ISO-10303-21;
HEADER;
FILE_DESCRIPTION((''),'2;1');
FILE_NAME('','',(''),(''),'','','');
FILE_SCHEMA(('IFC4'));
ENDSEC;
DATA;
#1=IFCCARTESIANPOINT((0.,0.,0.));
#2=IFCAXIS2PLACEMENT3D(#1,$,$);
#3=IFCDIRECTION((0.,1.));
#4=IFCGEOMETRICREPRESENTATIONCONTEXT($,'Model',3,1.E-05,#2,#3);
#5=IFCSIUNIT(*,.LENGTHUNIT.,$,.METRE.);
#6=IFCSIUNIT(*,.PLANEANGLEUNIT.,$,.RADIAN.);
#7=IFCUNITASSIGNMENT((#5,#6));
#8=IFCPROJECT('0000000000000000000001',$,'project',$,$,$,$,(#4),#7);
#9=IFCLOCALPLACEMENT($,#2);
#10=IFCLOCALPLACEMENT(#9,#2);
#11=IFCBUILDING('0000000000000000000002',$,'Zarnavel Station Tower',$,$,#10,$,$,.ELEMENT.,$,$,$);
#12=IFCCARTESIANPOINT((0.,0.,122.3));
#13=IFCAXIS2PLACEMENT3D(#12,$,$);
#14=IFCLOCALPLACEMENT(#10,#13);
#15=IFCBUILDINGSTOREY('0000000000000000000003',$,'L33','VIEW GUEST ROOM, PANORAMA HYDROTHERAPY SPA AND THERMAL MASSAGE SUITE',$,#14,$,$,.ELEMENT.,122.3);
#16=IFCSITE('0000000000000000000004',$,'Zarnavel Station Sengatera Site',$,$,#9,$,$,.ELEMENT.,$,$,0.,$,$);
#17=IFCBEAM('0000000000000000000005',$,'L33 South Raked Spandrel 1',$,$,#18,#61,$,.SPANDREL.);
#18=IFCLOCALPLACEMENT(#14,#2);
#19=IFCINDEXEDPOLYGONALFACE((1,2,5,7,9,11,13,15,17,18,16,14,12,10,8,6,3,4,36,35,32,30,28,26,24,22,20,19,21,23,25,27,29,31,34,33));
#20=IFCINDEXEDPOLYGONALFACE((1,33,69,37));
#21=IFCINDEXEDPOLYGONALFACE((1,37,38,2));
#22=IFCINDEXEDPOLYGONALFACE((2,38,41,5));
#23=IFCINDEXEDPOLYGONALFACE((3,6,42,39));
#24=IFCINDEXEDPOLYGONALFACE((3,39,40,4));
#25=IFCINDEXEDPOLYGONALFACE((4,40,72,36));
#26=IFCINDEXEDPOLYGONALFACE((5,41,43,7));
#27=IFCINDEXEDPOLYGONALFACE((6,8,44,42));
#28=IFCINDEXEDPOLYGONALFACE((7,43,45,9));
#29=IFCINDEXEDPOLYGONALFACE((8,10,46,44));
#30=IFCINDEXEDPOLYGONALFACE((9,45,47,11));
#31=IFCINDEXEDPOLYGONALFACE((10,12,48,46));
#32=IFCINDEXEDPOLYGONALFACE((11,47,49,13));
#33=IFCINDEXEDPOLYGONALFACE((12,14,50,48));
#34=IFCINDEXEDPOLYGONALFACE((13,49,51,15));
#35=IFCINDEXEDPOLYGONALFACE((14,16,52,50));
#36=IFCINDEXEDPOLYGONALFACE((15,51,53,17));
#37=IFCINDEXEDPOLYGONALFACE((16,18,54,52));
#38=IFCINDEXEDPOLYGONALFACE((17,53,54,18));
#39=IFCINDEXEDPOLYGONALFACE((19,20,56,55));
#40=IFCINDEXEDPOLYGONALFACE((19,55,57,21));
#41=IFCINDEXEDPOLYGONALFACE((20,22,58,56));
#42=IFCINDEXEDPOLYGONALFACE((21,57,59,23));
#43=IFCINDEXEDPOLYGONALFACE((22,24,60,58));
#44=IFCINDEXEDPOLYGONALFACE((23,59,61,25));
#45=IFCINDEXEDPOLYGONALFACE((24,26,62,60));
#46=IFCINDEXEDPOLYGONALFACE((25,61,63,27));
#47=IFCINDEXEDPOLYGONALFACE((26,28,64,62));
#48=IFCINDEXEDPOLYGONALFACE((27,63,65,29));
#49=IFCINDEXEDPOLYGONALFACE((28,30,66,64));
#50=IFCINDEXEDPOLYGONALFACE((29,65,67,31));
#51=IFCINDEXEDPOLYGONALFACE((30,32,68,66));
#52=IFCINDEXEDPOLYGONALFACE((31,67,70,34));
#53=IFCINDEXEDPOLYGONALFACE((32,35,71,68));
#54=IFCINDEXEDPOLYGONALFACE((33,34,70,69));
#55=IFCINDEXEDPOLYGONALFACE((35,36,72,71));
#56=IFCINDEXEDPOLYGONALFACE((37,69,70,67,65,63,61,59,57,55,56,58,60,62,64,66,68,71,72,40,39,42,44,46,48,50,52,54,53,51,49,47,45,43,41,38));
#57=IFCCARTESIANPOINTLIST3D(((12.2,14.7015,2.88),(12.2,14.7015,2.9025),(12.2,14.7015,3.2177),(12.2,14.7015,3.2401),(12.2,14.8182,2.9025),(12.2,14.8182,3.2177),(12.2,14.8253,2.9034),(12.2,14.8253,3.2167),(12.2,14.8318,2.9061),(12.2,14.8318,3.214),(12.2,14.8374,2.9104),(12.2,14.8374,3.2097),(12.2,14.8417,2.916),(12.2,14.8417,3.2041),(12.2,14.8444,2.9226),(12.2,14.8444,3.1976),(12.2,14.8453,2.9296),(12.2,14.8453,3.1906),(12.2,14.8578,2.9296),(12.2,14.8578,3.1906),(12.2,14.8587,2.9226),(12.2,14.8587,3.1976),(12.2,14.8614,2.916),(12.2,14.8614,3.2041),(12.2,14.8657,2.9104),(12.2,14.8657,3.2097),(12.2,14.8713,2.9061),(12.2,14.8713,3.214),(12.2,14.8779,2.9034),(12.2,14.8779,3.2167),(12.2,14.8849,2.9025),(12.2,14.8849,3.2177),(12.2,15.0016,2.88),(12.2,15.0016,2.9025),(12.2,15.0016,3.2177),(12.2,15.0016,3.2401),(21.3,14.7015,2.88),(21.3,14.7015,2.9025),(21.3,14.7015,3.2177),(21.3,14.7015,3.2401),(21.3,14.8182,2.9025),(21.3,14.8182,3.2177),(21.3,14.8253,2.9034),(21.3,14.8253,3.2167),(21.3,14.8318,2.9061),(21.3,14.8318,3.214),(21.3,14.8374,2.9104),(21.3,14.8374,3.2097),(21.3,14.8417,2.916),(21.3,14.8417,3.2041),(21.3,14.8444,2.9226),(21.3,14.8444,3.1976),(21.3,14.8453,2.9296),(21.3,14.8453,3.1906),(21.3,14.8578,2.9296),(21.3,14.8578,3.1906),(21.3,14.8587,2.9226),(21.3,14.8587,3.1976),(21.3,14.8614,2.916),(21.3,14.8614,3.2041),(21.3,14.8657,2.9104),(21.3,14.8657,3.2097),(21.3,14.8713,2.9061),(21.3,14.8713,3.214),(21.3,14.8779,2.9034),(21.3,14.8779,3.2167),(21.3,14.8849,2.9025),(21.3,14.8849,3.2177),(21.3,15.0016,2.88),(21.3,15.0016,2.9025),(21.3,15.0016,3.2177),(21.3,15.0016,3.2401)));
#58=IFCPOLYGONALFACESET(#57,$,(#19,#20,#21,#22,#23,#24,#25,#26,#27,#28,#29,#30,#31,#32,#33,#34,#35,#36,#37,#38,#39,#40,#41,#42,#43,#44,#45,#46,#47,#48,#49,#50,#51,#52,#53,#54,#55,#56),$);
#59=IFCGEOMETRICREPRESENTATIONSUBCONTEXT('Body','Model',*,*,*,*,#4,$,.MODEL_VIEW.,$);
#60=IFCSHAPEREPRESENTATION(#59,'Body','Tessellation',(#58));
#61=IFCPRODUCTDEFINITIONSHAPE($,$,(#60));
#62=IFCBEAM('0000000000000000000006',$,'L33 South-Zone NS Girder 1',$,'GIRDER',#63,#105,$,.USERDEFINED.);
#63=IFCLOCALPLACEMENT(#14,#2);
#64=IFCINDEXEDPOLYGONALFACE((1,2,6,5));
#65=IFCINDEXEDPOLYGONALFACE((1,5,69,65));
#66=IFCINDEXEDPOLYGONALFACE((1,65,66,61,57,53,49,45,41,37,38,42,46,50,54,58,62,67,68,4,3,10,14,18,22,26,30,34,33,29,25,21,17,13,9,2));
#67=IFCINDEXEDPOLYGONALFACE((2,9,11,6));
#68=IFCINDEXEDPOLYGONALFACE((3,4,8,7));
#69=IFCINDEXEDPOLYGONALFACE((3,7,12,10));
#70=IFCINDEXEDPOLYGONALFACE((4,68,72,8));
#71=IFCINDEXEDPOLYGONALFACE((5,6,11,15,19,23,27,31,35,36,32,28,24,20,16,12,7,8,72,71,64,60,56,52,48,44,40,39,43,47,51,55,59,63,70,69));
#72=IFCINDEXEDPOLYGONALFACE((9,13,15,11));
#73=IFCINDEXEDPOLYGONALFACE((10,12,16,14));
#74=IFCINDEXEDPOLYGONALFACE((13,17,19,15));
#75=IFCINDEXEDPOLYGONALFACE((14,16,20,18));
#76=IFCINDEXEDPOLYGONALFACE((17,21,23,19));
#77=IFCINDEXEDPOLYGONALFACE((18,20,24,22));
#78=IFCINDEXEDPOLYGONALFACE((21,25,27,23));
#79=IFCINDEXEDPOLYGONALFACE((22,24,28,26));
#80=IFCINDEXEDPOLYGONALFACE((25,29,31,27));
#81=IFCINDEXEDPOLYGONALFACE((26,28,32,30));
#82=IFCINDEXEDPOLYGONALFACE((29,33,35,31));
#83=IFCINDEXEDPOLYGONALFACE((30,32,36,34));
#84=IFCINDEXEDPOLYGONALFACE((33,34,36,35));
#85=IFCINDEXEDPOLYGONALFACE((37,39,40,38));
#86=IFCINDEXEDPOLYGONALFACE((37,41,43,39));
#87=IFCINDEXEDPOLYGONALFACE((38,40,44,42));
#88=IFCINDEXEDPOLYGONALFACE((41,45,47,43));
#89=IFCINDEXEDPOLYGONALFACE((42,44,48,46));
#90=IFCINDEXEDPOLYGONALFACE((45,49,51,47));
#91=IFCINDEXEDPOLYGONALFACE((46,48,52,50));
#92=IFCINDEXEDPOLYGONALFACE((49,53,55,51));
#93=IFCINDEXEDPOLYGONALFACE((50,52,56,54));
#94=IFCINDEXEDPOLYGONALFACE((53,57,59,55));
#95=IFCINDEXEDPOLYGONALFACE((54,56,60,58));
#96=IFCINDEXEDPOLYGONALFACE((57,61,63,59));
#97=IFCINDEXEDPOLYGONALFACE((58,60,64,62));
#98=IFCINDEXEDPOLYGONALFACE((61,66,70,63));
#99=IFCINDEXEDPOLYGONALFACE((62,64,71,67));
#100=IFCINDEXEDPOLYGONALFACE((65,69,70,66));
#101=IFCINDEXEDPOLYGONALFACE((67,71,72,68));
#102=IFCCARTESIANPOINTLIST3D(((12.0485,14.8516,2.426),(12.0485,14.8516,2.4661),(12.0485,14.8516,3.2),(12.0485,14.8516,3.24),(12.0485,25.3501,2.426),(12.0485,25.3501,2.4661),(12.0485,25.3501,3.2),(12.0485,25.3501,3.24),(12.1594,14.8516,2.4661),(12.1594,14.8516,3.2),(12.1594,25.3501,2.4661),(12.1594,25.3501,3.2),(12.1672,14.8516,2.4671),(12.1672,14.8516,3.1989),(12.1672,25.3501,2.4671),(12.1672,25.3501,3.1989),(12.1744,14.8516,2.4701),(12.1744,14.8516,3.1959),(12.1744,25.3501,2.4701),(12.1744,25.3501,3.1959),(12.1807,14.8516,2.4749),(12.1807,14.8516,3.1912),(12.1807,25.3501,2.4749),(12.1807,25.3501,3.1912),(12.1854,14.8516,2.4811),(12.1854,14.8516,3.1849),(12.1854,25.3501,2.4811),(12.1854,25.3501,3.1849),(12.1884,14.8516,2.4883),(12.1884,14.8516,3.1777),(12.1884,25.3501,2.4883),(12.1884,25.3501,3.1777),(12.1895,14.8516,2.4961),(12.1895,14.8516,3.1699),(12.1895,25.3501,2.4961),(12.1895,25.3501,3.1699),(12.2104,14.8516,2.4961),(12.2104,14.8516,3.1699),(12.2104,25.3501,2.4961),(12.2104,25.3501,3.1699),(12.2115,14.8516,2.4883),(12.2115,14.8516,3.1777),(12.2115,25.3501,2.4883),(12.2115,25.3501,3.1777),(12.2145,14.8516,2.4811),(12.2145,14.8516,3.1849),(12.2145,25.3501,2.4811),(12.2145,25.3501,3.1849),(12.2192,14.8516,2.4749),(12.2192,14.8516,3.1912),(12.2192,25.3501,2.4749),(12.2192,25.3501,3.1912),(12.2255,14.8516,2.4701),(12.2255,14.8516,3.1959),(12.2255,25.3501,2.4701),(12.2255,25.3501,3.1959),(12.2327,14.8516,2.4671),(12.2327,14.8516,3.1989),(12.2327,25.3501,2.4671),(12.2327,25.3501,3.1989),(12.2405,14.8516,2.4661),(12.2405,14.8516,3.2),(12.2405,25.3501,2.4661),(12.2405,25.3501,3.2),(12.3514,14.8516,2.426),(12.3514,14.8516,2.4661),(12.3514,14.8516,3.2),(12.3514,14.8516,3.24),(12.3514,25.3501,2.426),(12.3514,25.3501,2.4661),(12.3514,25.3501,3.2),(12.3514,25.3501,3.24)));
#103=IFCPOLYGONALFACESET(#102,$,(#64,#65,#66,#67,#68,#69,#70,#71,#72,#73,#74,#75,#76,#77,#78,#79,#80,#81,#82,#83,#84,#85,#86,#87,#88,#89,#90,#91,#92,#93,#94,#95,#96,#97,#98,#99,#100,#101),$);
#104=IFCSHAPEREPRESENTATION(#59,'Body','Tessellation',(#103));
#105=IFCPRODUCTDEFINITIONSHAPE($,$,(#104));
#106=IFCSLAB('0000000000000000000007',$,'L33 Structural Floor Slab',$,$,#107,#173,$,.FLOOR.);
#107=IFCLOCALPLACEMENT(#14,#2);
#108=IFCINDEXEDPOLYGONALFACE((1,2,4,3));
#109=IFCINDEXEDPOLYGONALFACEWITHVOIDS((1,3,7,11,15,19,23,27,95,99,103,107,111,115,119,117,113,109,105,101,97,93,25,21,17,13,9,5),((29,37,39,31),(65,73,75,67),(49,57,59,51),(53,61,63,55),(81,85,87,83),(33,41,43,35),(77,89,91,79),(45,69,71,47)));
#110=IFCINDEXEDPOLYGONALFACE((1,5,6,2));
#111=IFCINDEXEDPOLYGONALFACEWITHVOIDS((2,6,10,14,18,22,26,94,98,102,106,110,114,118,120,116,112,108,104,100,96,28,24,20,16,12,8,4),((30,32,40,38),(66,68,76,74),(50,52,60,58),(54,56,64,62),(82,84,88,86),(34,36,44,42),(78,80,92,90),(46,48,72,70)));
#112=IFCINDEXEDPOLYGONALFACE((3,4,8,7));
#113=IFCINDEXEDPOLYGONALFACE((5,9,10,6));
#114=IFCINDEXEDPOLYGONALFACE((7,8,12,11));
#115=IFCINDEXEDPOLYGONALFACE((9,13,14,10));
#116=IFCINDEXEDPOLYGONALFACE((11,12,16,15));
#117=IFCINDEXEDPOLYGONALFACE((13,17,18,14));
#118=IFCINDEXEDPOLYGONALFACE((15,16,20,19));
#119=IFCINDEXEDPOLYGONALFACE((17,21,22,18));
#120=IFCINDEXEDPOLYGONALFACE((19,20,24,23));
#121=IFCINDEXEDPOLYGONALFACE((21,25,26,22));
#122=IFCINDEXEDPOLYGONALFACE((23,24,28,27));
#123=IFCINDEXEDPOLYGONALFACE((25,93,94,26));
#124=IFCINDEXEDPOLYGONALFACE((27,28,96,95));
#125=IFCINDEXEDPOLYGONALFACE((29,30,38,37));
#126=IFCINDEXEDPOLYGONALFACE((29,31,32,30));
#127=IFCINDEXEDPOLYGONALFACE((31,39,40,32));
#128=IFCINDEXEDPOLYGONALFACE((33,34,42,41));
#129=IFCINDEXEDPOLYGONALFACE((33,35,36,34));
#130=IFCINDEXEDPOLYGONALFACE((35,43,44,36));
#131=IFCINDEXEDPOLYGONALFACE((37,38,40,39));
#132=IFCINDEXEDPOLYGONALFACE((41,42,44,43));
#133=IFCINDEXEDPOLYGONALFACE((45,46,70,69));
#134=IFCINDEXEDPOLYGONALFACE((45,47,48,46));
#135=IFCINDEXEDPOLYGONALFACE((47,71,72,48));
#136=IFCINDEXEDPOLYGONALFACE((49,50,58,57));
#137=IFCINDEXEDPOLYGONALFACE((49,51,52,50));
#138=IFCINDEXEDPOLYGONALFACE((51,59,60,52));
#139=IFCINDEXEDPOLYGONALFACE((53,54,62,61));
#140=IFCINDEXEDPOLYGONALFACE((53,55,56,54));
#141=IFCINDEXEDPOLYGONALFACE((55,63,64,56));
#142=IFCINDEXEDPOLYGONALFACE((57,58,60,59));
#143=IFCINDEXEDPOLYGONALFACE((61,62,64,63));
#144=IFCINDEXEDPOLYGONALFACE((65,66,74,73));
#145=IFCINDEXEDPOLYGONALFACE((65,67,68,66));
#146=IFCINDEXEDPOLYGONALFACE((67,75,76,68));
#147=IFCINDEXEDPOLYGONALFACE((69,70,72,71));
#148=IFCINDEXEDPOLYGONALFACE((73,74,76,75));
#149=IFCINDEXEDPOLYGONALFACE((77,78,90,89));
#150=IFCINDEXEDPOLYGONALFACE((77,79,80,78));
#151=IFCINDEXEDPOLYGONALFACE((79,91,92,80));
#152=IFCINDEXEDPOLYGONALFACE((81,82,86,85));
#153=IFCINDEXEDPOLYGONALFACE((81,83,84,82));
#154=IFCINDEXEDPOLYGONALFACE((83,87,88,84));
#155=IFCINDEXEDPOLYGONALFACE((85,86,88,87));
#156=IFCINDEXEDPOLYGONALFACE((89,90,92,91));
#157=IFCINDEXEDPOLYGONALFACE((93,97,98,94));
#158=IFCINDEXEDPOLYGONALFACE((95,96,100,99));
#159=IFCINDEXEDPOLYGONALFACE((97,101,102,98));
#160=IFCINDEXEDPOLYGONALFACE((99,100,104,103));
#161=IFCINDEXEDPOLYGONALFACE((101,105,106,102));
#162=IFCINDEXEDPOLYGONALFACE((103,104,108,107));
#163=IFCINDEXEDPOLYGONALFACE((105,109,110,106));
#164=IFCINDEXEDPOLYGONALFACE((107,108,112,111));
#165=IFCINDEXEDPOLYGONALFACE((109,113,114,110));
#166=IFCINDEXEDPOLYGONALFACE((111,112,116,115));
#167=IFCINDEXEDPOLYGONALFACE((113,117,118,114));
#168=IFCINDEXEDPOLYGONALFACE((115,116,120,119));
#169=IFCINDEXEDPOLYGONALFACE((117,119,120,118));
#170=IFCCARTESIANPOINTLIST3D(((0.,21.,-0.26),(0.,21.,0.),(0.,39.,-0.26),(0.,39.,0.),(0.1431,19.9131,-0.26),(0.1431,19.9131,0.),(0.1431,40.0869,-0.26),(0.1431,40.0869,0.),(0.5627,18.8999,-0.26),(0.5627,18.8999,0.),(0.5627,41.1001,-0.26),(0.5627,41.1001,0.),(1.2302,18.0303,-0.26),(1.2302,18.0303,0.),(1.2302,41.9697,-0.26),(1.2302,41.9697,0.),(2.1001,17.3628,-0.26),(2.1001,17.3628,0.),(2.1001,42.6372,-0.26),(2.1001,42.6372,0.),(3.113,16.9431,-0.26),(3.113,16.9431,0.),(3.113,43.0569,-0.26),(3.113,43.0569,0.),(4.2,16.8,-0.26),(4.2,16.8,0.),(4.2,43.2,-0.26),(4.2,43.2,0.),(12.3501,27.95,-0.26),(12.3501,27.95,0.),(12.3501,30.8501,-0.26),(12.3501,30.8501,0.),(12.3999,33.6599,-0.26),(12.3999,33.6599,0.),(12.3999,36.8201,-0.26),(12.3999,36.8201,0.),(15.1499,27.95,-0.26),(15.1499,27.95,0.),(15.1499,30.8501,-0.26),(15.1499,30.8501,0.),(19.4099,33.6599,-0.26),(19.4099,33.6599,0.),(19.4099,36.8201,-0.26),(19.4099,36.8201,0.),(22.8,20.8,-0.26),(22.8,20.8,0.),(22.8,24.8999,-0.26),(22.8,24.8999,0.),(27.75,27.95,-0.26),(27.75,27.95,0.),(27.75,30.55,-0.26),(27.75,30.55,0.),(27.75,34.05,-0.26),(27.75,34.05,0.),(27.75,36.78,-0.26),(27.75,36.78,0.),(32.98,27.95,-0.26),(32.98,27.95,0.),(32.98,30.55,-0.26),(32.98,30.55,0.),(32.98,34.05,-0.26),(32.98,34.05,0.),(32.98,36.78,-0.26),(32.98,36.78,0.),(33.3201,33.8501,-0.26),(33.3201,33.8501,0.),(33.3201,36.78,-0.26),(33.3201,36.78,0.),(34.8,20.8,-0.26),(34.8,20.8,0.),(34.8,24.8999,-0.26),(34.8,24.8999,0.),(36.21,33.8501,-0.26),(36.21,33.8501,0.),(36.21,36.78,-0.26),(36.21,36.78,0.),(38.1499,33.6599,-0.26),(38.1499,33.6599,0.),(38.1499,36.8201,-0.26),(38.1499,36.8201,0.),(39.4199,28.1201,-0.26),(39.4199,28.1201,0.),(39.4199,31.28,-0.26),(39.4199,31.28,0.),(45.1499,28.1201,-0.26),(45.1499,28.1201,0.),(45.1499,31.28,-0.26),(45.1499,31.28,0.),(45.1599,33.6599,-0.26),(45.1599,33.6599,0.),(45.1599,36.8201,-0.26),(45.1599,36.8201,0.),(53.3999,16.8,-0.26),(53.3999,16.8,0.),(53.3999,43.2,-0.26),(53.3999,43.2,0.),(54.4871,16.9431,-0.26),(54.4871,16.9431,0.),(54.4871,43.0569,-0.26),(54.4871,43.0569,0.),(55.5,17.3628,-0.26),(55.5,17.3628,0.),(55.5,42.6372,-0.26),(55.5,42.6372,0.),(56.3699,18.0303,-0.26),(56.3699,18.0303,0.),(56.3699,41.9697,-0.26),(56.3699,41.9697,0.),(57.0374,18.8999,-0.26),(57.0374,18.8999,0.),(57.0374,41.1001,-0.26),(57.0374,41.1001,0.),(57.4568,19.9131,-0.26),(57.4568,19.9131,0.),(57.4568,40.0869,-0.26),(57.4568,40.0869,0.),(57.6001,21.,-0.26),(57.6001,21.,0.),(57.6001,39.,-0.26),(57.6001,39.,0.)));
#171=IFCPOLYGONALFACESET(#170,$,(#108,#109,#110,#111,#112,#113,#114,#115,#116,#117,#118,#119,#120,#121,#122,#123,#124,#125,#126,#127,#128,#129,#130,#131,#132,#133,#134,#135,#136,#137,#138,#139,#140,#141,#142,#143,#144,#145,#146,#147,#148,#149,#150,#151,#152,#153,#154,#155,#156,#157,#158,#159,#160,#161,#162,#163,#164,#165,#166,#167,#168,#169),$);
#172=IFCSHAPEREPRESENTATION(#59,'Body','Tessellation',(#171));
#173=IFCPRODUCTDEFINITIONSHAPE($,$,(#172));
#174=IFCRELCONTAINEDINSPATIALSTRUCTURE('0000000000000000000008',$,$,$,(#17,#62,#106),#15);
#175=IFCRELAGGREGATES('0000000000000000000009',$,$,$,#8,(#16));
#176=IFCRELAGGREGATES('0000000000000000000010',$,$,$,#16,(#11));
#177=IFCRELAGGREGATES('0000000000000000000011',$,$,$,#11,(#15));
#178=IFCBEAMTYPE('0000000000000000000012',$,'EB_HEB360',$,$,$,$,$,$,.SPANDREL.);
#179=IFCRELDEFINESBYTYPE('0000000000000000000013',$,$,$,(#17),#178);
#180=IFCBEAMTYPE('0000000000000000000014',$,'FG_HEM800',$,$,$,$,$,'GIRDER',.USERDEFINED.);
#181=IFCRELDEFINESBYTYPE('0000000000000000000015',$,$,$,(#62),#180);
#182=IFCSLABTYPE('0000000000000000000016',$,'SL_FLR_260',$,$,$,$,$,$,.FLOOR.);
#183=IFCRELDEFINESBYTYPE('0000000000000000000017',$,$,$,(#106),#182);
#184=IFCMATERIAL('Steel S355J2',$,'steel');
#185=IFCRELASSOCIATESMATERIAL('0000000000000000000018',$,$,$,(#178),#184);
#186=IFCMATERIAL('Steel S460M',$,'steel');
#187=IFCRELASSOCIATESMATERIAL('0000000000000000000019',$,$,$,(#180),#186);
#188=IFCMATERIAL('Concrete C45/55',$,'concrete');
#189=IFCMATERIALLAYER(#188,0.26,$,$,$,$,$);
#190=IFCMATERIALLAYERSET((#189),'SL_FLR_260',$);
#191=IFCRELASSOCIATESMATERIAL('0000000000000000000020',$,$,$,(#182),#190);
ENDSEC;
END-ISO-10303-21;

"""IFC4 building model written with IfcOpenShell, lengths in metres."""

from ifc_helpers import new_model, si_unit, direction, frame, origin, origin_2d, place, context, subcontext, project, spatial, polyline, i_section, outline, extrude, material, layer, layer_set, material_profile, profile_set, type_object, element, save


model = new_model("IFC4")

# Units and contexts
model_context = context("Model", 3, precision=1e-05, world=origin(), true_north=direction((0.0, 1.0)))
body_context = subcontext(model_context, "Body", "Model", "MODEL_VIEW")
ifc_project = project(units=[si_unit("LENGTHUNIT", "METRE"), si_unit("PLANEANGLEUNIT", "RADIAN")], contexts=[model_context])

# Site, building, storey
site_placement = place(None, origin())
site = spatial("IfcSite", under=ifc_project, at=site_placement, Name="Zarnavel Station Sengatera Site", CompositionType="ELEMENT", RefElevation=0.0)
building_placement = place(site_placement, origin())
building = spatial("IfcBuilding", under=site, at=building_placement, Name="Zarnavel Station Tower", CompositionType="ELEMENT")
storey_placement = place(building_placement, frame((0.0, 0.0, 122.3)))
storey = spatial("IfcBuildingStorey", under=building, at=storey_placement, Name="L33", Description="VIEW GUEST ROOM, PANORAMA HYDROTHERAPY SPA AND THERMAL MASSAGE SUITE", CompositionType="ELEMENT", Elevation=122.3)

# Beams
ifc_material_1 = material(Name="Steel S355J2", Category="steel")
ifc_material_profile_1 = material_profile(ifc_material_1, i_section(OverallWidth=0.3, OverallDepth=0.3601, WebThickness=0.0125, FlangeThickness=0.0225, FilletRadius=0.0271, at=origin_2d()), Name="HEB360")
ifc_profile_set_1 = profile_set([ifc_material_profile_1], Name="Steel S355J2")
beam_type_1 = type_object("IfcBeamType", Name="EB_HEB360", PredefinedType="SPANDREL", material=ifc_profile_set_1)
beam_1_placement = place(storey_placement, frame((12.2, 14.8516, 3.0601), z_axis=(1.0, 0.0, 0.0), x_axis=(0.0, 1.0, 0.0)))
element("IfcBeam", 1, at=beam_1_placement, inside=storey, type_object=beam_type_1, Name="L33 South Raked Spandrel 1", PredefinedType="SPANDREL", context=body_context, shape_type="SweptSolid", body=[
    extrude(i_section(OverallWidth=0.3, OverallDepth=0.3601, WebThickness=0.0125, FlangeThickness=0.0225, FilletRadius=0.0271, at=origin_2d()), origin(), (0.0, 0.0, 1.0), 9.1001),
])
ifc_material_2 = material(Name="Steel S460M", Category="steel")
ifc_material_profile_2 = material_profile(ifc_material_2, i_section(OverallWidth=0.303, OverallDepth=0.814, WebThickness=0.021, FlangeThickness=0.04, FilletRadius=0.03, at=origin_2d()), Name="HEM800")
ifc_profile_set_2 = profile_set([ifc_material_profile_2], Name="Steel S460M")
beam_type_2 = type_object("IfcBeamType", Name="FG_HEM800", ElementType="GIRDER", PredefinedType="USERDEFINED", material=ifc_profile_set_2)
beam_2_placement = place(storey_placement, frame((12.2, 14.8516, 2.833), z_axis=(0.0, 1.0, 0.0), x_axis=(-1.0, 0.0, 0.0)))
element("IfcBeam", 2, at=beam_2_placement, inside=storey, type_object=beam_type_2, Name="L33 South-Zone NS Girder 1", ObjectType="GIRDER", PredefinedType="USERDEFINED", context=body_context, shape_type="SweptSolid", body=[
    extrude(i_section(OverallWidth=0.303, OverallDepth=0.814, WebThickness=0.021, FlangeThickness=0.04, FilletRadius=0.03, at=origin_2d()), origin(), (0.0, 0.0, 1.0), 10.4985),
])

# Slab
ifc_material_3 = material(Name="Concrete C45/55", Category="concrete")
ifc_layer_1 = layer(ifc_material_3, 0.26)
ifc_layer_set_1 = layer_set([ifc_layer_1], Name="SL_FLR_260")
slab_type_1 = type_object("IfcSlabType", Name="SL_FLR_260", PredefinedType="FLOOR", material=ifc_layer_set_1)
slab_1_placement = place(storey_placement, frame((0.0, 0.0, -0.26)))
element("IfcSlab", 3, at=slab_1_placement, inside=storey, type_object=slab_type_1, Name="L33 Structural Floor Slab", PredefinedType="FLOOR", context=body_context, shape_type="SweptSolid", body=[
    extrude(outline(polyline([(53.3999, 16.8), (54.4871, 16.9431), (55.5, 17.3628), (56.3699, 18.0303), (57.0374, 18.8999), (57.4568, 19.9131), (57.6001, 21.0), (57.6001, 39.0), (57.4568, 40.0869), (57.0374, 41.1001), (56.3699, 41.9697), (55.5, 42.6372), (54.4871, 43.0569), (53.3999, 43.2), (4.2, 43.2), (3.113, 43.0569), (2.1001, 42.6372), (1.2302, 41.9697), (0.5627, 41.1001), (0.1431, 40.0869), (0.0, 39.0), (0.0, 21.0), (0.1431, 19.9131), (0.5627, 18.8999), (1.2302, 18.0303), (2.1001, 17.3628), (3.113, 16.9431), (4.2, 16.8), (53.3999, 16.8)]), holes=[polyline([(12.3999, 33.6599), (19.4099, 33.6599), (19.4099, 36.8201), (12.3999, 36.8201), (12.3999, 33.6599)]), polyline([(38.1499, 33.6599), (45.1599, 33.6599), (45.1599, 36.8201), (38.1499, 36.8201), (38.1499, 33.6599)]), polyline([(39.4199, 28.1201), (45.1499, 28.1201), (45.1499, 31.28), (39.4199, 31.28), (39.4199, 28.1201)]), polyline([(12.3501, 27.95), (15.1499, 27.95), (15.1499, 30.8501), (12.3501, 30.8501), (12.3501, 27.95)]), polyline([(33.3201, 33.8501), (36.21, 33.8501), (36.21, 36.78), (33.3201, 36.78), (33.3201, 33.8501)]), polyline([(27.75, 34.05), (32.98, 34.05), (32.98, 36.78), (27.75, 36.78), (27.75, 34.05)]), polyline([(27.75, 27.95), (32.98, 27.95), (32.98, 30.55), (27.75, 30.55), (27.75, 27.95)]), polyline([(22.8, 20.8), (34.8, 20.8), (34.8, 24.8999), (22.8, 24.8999), (22.8, 20.8)])]), origin(), (0.0, 0.0, 1.0), 0.26),
])

save(model, "model.ifc")
